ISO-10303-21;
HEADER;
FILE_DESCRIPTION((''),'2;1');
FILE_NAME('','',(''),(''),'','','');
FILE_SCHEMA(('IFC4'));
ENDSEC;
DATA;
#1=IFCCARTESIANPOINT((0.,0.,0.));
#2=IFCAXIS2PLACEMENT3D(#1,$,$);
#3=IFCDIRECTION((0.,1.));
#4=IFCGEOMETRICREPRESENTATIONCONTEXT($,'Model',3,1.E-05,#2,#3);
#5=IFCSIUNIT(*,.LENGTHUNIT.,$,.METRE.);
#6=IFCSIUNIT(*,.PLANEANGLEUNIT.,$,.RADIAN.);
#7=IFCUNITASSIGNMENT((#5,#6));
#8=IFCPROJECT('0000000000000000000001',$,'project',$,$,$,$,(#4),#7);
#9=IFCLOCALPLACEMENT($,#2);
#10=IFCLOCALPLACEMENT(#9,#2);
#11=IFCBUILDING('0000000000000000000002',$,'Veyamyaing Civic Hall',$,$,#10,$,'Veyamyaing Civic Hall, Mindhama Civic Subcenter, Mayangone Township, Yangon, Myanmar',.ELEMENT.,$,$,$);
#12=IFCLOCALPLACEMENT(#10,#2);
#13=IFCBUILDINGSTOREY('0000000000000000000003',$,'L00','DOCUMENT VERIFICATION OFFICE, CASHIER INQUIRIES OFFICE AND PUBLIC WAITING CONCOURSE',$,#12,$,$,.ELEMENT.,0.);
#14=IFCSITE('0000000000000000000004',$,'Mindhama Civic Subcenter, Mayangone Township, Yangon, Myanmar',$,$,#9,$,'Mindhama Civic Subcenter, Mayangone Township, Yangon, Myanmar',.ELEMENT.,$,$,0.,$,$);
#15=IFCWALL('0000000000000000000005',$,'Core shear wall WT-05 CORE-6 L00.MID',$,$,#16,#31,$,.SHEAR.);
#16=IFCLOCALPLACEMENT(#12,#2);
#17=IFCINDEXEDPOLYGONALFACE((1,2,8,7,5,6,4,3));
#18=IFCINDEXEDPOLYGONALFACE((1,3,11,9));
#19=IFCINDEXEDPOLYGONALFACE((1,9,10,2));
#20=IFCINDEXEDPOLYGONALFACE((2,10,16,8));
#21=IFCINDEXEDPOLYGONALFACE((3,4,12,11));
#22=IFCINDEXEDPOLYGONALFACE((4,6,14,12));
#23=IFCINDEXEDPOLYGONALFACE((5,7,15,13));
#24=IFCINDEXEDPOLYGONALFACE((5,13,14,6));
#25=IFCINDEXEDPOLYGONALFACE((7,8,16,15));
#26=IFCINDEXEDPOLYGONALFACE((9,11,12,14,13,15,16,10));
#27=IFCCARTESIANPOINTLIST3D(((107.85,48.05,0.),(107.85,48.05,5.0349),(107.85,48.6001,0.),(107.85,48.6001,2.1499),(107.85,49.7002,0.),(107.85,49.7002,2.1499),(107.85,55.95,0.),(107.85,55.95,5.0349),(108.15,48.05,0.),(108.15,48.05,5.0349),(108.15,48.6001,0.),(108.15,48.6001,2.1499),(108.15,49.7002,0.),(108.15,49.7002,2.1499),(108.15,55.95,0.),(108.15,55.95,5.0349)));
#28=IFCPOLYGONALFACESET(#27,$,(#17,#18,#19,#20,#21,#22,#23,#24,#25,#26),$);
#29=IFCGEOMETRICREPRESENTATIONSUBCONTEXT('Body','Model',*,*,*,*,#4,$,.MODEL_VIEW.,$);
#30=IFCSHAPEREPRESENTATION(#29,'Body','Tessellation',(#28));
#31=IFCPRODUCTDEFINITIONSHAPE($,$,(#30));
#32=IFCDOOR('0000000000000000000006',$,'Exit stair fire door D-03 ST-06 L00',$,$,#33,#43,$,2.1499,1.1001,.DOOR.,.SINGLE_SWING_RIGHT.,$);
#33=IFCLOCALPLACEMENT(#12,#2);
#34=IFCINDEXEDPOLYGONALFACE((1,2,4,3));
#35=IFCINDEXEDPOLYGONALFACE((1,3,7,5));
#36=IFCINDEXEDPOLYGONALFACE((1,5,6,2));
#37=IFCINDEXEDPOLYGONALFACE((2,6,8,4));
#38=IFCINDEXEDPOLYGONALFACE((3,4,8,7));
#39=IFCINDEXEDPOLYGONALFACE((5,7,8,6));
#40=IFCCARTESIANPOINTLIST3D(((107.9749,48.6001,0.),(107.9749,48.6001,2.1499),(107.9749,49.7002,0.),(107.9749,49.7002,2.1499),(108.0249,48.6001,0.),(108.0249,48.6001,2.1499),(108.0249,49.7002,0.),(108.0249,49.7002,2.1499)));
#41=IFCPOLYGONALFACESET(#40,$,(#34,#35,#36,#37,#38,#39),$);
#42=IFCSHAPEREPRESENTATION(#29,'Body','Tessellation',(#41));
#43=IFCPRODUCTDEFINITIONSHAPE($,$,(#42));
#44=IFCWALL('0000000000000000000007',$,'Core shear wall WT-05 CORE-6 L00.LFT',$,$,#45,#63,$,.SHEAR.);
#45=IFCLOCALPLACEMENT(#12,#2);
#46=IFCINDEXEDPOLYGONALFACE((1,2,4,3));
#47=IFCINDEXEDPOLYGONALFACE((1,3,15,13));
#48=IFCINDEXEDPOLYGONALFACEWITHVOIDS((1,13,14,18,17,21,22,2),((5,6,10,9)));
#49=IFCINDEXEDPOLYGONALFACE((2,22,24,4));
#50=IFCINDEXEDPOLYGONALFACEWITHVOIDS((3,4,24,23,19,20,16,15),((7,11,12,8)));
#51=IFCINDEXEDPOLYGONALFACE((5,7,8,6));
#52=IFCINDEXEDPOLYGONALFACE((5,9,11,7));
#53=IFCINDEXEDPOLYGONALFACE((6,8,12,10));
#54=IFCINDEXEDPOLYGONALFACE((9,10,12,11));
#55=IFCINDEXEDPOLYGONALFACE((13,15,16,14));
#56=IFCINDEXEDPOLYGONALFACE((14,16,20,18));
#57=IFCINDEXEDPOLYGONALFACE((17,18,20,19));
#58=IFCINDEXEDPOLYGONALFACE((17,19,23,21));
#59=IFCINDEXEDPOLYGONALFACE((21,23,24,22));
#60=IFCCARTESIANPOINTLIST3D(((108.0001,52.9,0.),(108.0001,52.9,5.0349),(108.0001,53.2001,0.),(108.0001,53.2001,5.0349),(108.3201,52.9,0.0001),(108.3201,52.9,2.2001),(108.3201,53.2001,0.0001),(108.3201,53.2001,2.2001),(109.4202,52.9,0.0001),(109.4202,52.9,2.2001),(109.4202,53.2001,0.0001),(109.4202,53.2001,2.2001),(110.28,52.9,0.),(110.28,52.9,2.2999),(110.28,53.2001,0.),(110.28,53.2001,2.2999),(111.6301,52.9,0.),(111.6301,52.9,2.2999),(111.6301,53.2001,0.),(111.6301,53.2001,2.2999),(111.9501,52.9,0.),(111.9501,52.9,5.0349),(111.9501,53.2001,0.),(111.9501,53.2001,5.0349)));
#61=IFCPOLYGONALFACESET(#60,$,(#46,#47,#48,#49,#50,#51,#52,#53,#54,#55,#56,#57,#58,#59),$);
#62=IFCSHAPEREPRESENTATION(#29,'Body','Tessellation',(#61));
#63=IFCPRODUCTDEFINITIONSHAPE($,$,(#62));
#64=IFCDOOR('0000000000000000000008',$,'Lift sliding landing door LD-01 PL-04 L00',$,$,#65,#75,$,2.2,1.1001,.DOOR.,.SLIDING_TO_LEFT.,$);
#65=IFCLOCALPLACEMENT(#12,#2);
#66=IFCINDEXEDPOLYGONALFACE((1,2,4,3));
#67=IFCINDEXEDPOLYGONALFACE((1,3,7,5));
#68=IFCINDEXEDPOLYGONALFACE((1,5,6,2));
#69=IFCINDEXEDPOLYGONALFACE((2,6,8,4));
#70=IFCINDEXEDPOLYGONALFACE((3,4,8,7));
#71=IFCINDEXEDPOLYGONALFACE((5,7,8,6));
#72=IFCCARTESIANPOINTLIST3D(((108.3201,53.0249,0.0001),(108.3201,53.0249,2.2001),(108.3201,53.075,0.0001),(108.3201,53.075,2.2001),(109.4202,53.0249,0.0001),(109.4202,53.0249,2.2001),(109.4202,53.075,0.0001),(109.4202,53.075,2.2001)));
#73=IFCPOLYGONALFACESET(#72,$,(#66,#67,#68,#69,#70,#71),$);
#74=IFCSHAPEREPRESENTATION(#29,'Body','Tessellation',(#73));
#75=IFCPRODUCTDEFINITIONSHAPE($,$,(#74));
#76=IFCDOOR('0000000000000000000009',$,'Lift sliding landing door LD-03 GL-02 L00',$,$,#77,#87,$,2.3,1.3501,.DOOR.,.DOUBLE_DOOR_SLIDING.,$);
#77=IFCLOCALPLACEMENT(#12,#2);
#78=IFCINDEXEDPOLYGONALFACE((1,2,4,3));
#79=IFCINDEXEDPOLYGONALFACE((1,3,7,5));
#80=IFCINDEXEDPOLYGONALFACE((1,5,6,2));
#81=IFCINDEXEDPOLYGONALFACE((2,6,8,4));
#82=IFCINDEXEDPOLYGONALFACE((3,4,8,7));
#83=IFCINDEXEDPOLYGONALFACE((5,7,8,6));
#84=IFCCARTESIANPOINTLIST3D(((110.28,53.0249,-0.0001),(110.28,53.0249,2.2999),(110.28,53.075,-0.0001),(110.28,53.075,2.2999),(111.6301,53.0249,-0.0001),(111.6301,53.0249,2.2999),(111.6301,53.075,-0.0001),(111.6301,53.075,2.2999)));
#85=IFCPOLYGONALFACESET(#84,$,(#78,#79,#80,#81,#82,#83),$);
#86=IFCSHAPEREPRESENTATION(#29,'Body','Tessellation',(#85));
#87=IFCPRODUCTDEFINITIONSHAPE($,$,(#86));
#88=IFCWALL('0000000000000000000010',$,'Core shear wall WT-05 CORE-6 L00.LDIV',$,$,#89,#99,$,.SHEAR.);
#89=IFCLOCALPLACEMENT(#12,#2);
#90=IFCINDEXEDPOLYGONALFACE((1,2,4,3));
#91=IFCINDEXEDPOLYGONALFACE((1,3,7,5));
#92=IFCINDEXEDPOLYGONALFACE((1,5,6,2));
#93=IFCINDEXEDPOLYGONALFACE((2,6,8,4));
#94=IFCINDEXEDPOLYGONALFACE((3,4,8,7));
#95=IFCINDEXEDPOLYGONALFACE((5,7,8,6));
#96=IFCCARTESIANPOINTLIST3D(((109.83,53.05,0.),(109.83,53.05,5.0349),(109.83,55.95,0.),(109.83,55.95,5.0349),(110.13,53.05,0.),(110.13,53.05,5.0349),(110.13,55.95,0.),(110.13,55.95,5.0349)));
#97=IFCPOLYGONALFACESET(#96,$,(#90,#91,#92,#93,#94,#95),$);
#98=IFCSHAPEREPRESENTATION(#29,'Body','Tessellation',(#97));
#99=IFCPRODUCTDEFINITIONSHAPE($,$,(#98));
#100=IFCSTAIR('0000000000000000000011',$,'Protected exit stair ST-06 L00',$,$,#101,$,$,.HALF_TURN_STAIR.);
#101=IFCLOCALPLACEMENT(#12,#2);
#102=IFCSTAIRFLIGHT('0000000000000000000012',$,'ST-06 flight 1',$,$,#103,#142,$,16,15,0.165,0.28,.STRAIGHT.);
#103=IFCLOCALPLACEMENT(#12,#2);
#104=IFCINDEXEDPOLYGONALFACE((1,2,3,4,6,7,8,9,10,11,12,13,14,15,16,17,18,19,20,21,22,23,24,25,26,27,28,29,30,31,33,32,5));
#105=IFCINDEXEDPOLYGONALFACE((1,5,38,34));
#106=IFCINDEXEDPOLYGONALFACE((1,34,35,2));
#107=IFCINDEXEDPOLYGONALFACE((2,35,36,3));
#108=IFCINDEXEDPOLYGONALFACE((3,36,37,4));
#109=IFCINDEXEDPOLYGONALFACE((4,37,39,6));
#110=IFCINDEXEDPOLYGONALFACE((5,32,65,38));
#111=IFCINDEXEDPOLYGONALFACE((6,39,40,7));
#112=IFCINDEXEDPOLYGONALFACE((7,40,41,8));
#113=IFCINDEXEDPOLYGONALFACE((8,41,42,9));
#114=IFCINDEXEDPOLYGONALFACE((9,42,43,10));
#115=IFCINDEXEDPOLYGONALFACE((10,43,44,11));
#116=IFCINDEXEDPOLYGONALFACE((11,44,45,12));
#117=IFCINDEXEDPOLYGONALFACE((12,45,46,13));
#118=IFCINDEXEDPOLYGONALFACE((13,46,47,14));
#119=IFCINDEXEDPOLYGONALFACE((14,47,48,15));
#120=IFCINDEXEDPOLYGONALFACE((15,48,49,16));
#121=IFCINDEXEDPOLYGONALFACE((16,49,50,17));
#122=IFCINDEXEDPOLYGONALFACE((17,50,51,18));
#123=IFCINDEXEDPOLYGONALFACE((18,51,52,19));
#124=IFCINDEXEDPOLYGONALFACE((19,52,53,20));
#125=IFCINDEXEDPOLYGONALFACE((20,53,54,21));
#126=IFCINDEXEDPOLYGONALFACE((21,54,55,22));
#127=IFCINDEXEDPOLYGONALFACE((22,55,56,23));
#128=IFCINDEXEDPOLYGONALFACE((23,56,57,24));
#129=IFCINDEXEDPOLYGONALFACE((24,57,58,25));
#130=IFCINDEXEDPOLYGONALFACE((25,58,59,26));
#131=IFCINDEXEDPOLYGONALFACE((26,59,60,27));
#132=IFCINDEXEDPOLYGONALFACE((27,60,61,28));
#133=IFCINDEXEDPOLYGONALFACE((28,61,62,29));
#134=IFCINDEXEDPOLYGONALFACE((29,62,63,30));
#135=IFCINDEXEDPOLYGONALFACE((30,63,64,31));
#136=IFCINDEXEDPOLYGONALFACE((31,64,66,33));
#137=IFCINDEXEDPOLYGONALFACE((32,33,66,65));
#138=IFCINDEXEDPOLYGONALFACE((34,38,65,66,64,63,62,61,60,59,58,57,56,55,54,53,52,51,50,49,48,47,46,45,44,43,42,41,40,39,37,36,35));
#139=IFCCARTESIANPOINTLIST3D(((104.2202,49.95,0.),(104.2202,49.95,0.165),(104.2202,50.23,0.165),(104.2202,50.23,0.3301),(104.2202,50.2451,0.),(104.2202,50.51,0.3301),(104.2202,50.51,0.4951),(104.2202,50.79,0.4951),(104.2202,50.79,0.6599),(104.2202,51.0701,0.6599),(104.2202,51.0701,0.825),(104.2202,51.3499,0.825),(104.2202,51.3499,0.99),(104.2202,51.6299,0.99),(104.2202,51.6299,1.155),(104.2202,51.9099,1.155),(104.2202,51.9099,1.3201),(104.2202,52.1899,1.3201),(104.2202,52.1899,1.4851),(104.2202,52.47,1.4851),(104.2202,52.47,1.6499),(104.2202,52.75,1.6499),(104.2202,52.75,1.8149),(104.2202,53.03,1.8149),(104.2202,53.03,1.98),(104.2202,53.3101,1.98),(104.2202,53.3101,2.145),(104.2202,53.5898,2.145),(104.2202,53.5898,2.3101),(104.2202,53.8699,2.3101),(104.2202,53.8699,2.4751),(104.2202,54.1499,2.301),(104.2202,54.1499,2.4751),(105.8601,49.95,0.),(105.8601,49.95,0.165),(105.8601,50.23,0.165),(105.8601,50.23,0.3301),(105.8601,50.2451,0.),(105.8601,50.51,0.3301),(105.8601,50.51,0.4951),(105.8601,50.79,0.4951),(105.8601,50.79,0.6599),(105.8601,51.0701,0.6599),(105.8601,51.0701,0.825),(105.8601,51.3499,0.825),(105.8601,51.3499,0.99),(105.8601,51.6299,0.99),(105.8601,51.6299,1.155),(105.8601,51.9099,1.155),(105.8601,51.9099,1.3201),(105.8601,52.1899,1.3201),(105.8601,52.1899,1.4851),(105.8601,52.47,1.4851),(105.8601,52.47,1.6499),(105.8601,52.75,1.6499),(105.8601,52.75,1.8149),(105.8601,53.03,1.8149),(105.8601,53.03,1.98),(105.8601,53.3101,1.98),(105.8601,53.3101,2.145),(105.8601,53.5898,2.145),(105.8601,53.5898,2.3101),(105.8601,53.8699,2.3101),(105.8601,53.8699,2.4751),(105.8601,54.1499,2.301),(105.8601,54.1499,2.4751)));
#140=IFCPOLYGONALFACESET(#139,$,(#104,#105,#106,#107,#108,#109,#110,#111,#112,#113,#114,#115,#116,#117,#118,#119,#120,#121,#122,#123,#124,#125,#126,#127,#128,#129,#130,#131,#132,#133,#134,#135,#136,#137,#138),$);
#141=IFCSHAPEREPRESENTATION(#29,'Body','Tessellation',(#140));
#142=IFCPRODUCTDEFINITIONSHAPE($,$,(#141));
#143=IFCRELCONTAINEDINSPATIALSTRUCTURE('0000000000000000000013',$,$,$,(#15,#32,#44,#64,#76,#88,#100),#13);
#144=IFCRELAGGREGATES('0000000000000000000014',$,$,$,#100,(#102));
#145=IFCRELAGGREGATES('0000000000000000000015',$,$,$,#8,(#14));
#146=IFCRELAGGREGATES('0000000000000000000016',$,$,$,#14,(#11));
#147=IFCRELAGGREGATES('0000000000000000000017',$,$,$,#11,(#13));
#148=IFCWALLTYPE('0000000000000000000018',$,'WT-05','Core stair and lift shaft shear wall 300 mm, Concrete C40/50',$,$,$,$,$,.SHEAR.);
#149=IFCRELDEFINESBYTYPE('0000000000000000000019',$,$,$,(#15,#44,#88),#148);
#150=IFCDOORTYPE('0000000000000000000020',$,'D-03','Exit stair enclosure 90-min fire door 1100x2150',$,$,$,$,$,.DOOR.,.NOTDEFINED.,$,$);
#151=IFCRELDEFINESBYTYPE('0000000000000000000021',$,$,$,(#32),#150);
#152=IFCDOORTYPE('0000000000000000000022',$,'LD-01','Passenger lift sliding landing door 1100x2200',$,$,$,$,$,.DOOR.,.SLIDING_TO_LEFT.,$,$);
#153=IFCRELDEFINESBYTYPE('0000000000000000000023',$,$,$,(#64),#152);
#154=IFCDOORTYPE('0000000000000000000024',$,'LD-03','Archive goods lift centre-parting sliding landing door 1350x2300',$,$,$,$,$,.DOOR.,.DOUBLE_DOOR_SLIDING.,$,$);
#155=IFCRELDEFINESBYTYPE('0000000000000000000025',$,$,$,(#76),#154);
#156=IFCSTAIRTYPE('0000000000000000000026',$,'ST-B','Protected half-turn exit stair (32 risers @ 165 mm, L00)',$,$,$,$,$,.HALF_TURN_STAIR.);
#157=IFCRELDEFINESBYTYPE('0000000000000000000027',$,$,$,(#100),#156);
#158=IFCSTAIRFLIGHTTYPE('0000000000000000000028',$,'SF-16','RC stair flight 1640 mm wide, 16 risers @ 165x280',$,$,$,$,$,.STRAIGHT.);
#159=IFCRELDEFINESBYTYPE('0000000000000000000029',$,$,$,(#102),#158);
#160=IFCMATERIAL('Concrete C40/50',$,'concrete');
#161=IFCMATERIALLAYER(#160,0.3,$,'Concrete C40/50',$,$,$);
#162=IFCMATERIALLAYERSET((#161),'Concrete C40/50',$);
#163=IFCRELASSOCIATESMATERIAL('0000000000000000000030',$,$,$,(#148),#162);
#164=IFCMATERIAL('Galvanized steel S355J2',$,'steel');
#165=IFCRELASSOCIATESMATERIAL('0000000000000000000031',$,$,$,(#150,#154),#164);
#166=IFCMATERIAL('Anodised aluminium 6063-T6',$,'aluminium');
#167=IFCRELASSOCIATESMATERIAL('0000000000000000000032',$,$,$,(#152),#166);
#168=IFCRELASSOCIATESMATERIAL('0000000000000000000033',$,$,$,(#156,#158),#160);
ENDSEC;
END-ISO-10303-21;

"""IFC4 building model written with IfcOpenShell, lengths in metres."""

from ifc_helpers import new_model, si_unit, direction, frame, frame_2d, origin, place, context, subcontext, project, spatial, polyline, rectangle, outline, extrude, material, layer, layer_set, type_object, element, fill, aggregate, save


model = new_model("IFC4")

# Units and contexts
model_context = context("Model", 3, precision=1e-05, world=origin(), true_north=direction((0.0, 1.0)))
body_context = subcontext(model_context, "Body", "Model", "MODEL_VIEW")
ifc_project = project(units=[si_unit("LENGTHUNIT", "METRE"), si_unit("PLANEANGLEUNIT", "RADIAN")], contexts=[model_context])

# Site, building, storey
site_placement = place(None, origin())
site = spatial("IfcSite", under=ifc_project, at=site_placement, Name="Mindhama Civic Subcenter, Mayangone Township, Yangon, Myanmar", LongName="Mindhama Civic Subcenter, Mayangone Township, Yangon, Myanmar", CompositionType="ELEMENT", RefElevation=0.0)
building_placement = place(site_placement, origin())
building = spatial("IfcBuilding", under=site, at=building_placement, Name="Veyamyaing Civic Hall", LongName="Veyamyaing Civic Hall, Mindhama Civic Subcenter, Mayangone Township, Yangon, Myanmar", CompositionType="ELEMENT")
storey_placement = place(building_placement, origin())
storey = spatial("IfcBuildingStorey", under=building, at=storey_placement, Name="L00", Description="DOCUMENT VERIFICATION OFFICE, CASHIER INQUIRIES OFFICE AND PUBLIC WAITING CONCOURSE", CompositionType="ELEMENT", Elevation=0.0)

# Shared definitions
ifc_material_1 = material(Name="Concrete C40/50", Category="concrete")
ifc_layer_1 = layer(ifc_material_1, 0.3, Name="Concrete C40/50")
ifc_layer_set_1 = layer_set([ifc_layer_1], Name="Concrete C40/50")
wall_type_1 = type_object("IfcWallType", Name="WT-05", Description="Core stair and lift shaft shear wall 300 mm, Concrete C40/50", PredefinedType="SHEAR", material=ifc_layer_set_1)

# Wall, opening, door
wall_1_placement = place(storey_placement, frame((108.0, 48.05, 0.0), z_axis=(0.0, 0.0, 1.0), x_axis=(0.0, 1.0, 0.0)))
wall_1 = element("IfcWall", 1, at=wall_1_placement, inside=storey, type_object=wall_type_1, Name="Core shear wall WT-05 CORE-6 L00.MID", PredefinedType="SHEAR", context=body_context, shape_type="SweptSolid", body=[
    extrude(rectangle(XDim=7.8999, YDim=0.3, at=frame_2d((3.95, 0.0))), origin(), (0.0, 0.0, 1.0), 5.0349),
])
opening_1_placement = place(wall_1_placement, frame((0.55, 0.0, 0.0)))
opening_1 = element("IfcOpeningElement", 2, at=opening_1_placement, cuts=wall_1, PredefinedType="OPENING", context=body_context, shape_type="SweptSolid", body=[
    extrude(rectangle(XDim=1.1001, YDim=2.1499, at=frame_2d((0.55, 1.075))), frame((0.0, 0.1599, 0.0), z_axis=(0.0, -1.0, 0.0), x_axis=(1.0, 0.0, 0.0)), (0.0, 0.0, 1.0), 0.3201),
])
ifc_material_2 = material(Name="Galvanized steel S355J2", Category="steel")
door_type_1 = type_object("IfcDoorType", Name="D-03", Description="Exit stair enclosure 90-min fire door 1100x2150", OperationType="NOTDEFINED", PredefinedType="DOOR", material=ifc_material_2)
door_1_placement = place(opening_1_placement, frame((1.1001, 0.0, 0.0), z_axis=(0.0, 0.0, 1.0), x_axis=(-1.0, 0.0, 0.0)))
door_1 = element("IfcDoor", 3, at=door_1_placement, inside=storey, type_object=door_type_1, Name="Exit stair fire door D-03 ST-06 L00", OperationType="SINGLE_SWING_RIGHT", OverallHeight=2.1499, OverallWidth=1.1001, PredefinedType="DOOR", context=body_context, shape_type="SweptSolid", body=[
    extrude(rectangle(XDim=1.1001, YDim=2.1499, at=frame_2d((0.55, 1.075))), frame((0.0, 0.0249, 0.0), z_axis=(0.0, -1.0, 0.0), x_axis=(1.0, 0.0, 0.0)), (0.0, 0.0, 1.0), 0.05),
])
fill(opening_1, door_1)

# Wall, openings, doors
wall_2_placement = place(storey_placement, frame((108.0, 53.05, 0.0), z_axis=(0.0, 0.0, 1.0), x_axis=(1.0, 0.0, 0.0)))
wall_2 = element("IfcWall", 4, at=wall_2_placement, inside=storey, type_object=wall_type_1, Name="Core shear wall WT-05 CORE-6 L00.LFT", PredefinedType="SHEAR", context=body_context, shape_type="SweptSolid", body=[
    extrude(rectangle(XDim=3.95, YDim=0.3, at=frame_2d((1.9751, 0.0))), origin(), (0.0, 0.0, 1.0), 5.0349),
])
opening_2_placement = place(wall_2_placement, frame((0.3201, 0.0, 0.0)))
opening_2 = element("IfcOpeningElement", 5, at=opening_2_placement, cuts=wall_2, PredefinedType="OPENING", context=body_context, shape_type="SweptSolid", body=[
    extrude(rectangle(XDim=1.1001, YDim=2.2, at=frame_2d((0.55, 1.1001))), frame((0.0, 0.1599, 0.0), z_axis=(0.0, -1.0, 0.0), x_axis=(1.0, 0.0, 0.0)), (0.0, 0.0, 1.0), 0.3201),
])
opening_3_placement = place(wall_2_placement, frame((2.28, 0.0, 0.0)))
opening_3 = element("IfcOpeningElement", 6, at=opening_3_placement, cuts=wall_2, PredefinedType="OPENING", context=body_context, shape_type="SweptSolid", body=[
    extrude(rectangle(XDim=1.3501, YDim=2.3, at=frame_2d((0.675, 1.1499))), frame((0.0, 0.1599, 0.0), z_axis=(0.0, -1.0, 0.0), x_axis=(1.0, 0.0, 0.0)), (0.0, 0.0, 1.0), 0.3201),
])
ifc_material_3 = material(Name="Anodised aluminium 6063-T6", Category="aluminium")
door_type_2 = type_object("IfcDoorType", Name="LD-01", Description="Passenger lift sliding landing door 1100x2200", OperationType="SLIDING_TO_LEFT", PredefinedType="DOOR", material=ifc_material_3)
door_2_placement = place(opening_2_placement, origin())
door_2 = element("IfcDoor", 7, at=door_2_placement, inside=storey, type_object=door_type_2, Name="Lift sliding landing door LD-01 PL-04 L00", OperationType="SLIDING_TO_LEFT", OverallHeight=2.2, OverallWidth=1.1001, PredefinedType="DOOR", context=body_context, shape_type="SweptSolid", body=[
    extrude(rectangle(XDim=1.1001, YDim=2.2, at=frame_2d((0.55, 1.1001))), frame((0.0, 0.0249, 0.0), z_axis=(0.0, -1.0, 0.0), x_axis=(1.0, 0.0, 0.0)), (0.0, 0.0, 1.0), 0.05),
])
fill(opening_2, door_2)
door_type_3 = type_object("IfcDoorType", Name="LD-03", Description="Archive goods lift centre-parting sliding landing door 1350x2300", OperationType="DOUBLE_DOOR_SLIDING", PredefinedType="DOOR", material=ifc_material_2)
door_3_placement = place(opening_3_placement, origin())
door_3 = element("IfcDoor", 8, at=door_3_placement, inside=storey, type_object=door_type_3, Name="Lift sliding landing door LD-03 GL-02 L00", OperationType="DOUBLE_DOOR_SLIDING", OverallHeight=2.3, OverallWidth=1.3501, PredefinedType="DOOR", context=body_context, shape_type="SweptSolid", body=[
    extrude(rectangle(XDim=1.3501, YDim=2.3, at=frame_2d((0.675, 1.1499))), frame((0.0, 0.0249, 0.0), z_axis=(0.0, -1.0, 0.0), x_axis=(1.0, 0.0, 0.0)), (0.0, 0.0, 1.0), 0.05),
])
fill(opening_3, door_3)

# Wall
wall_3_placement = place(storey_placement, frame((109.98, 53.05, 0.0), z_axis=(0.0, 0.0, 1.0), x_axis=(0.0, 1.0, 0.0)))
element("IfcWall", 9, at=wall_3_placement, inside=storey, type_object=wall_type_1, Name="Core shear wall WT-05 CORE-6 L00.LDIV", PredefinedType="SHEAR", context=body_context, shape_type="SweptSolid", body=[
    extrude(rectangle(XDim=2.8999, YDim=0.3, at=frame_2d((1.45, 0.0))), origin(), (0.0, 0.0, 1.0), 5.0349),
])

# Stair, stair flight
stair_type = type_object("IfcStairType", Name="ST-B", Description="Protected half-turn exit stair (32 risers @ 165 mm, L00)", PredefinedType="HALF_TURN_STAIR", material=ifc_material_1)
stair_placement = place(storey_placement, origin())
stair = element("IfcStair", 10, at=stair_placement, inside=storey, type_object=stair_type, Name="Protected exit stair ST-06 L00", PredefinedType="HALF_TURN_STAIR")
stair_flight_type = type_object("IfcStairFlightType", Name="SF-16", Description="RC stair flight 1640 mm wide, 16 risers @ 165x280", PredefinedType="STRAIGHT", material=ifc_material_1)
stair_flight_1_placement = place(storey_placement, frame((105.04, 49.95, 0.0), z_axis=(0.0, 0.0, 1.0), x_axis=(0.0, 1.0, 0.0)))
stair_flight_1 = element("IfcStairFlight", 11, at=stair_flight_1_placement, type_object=stair_flight_type, Name="ST-06 flight 1", NumberOfRisers=16, NumberOfTreads=15, PredefinedType="STRAIGHT", RiserHeight=0.165, TreadLength=0.28, context=body_context, shape_type="SweptSolid", body=[
    extrude(outline(polyline([(0.0, 0.0), (0.0, 0.165), (0.28, 0.165), (0.28, 0.3301), (0.5601, 0.3301), (0.5601, 0.4951), (0.8401, 0.4951), (0.8401, 0.6599), (1.1201, 0.6599), (1.1201, 0.825), (1.3999, 0.825), (1.3999, 0.99), (1.6799, 0.99), (1.6799, 1.155), (1.96, 1.155), (1.96, 1.3201), (2.24, 1.3201), (2.24, 1.4851), (2.52, 1.4851), (2.52, 1.6499), (2.8, 1.6499), (2.8, 1.8149), (3.0801, 1.8149), (3.0801, 1.98), (3.3601, 1.98), (3.3601, 2.145), (3.6399, 2.145), (3.6399, 2.3101), (3.9199, 2.3101), (3.9199, 2.4751), (4.2, 2.4751), (4.2, 2.6399), (4.2, 2.301), (0.2952, 0.0), (0.0, 0.0)])), frame((0.0, 0.8198, 0.0), z_axis=(0.0, -1.0, 0.0), x_axis=(1.0, 0.0, 0.0)), (0.0, 0.0, 1.0), 1.6399),
])
aggregate(stair, [stair_flight_1])

save(model, "model.ifc")
